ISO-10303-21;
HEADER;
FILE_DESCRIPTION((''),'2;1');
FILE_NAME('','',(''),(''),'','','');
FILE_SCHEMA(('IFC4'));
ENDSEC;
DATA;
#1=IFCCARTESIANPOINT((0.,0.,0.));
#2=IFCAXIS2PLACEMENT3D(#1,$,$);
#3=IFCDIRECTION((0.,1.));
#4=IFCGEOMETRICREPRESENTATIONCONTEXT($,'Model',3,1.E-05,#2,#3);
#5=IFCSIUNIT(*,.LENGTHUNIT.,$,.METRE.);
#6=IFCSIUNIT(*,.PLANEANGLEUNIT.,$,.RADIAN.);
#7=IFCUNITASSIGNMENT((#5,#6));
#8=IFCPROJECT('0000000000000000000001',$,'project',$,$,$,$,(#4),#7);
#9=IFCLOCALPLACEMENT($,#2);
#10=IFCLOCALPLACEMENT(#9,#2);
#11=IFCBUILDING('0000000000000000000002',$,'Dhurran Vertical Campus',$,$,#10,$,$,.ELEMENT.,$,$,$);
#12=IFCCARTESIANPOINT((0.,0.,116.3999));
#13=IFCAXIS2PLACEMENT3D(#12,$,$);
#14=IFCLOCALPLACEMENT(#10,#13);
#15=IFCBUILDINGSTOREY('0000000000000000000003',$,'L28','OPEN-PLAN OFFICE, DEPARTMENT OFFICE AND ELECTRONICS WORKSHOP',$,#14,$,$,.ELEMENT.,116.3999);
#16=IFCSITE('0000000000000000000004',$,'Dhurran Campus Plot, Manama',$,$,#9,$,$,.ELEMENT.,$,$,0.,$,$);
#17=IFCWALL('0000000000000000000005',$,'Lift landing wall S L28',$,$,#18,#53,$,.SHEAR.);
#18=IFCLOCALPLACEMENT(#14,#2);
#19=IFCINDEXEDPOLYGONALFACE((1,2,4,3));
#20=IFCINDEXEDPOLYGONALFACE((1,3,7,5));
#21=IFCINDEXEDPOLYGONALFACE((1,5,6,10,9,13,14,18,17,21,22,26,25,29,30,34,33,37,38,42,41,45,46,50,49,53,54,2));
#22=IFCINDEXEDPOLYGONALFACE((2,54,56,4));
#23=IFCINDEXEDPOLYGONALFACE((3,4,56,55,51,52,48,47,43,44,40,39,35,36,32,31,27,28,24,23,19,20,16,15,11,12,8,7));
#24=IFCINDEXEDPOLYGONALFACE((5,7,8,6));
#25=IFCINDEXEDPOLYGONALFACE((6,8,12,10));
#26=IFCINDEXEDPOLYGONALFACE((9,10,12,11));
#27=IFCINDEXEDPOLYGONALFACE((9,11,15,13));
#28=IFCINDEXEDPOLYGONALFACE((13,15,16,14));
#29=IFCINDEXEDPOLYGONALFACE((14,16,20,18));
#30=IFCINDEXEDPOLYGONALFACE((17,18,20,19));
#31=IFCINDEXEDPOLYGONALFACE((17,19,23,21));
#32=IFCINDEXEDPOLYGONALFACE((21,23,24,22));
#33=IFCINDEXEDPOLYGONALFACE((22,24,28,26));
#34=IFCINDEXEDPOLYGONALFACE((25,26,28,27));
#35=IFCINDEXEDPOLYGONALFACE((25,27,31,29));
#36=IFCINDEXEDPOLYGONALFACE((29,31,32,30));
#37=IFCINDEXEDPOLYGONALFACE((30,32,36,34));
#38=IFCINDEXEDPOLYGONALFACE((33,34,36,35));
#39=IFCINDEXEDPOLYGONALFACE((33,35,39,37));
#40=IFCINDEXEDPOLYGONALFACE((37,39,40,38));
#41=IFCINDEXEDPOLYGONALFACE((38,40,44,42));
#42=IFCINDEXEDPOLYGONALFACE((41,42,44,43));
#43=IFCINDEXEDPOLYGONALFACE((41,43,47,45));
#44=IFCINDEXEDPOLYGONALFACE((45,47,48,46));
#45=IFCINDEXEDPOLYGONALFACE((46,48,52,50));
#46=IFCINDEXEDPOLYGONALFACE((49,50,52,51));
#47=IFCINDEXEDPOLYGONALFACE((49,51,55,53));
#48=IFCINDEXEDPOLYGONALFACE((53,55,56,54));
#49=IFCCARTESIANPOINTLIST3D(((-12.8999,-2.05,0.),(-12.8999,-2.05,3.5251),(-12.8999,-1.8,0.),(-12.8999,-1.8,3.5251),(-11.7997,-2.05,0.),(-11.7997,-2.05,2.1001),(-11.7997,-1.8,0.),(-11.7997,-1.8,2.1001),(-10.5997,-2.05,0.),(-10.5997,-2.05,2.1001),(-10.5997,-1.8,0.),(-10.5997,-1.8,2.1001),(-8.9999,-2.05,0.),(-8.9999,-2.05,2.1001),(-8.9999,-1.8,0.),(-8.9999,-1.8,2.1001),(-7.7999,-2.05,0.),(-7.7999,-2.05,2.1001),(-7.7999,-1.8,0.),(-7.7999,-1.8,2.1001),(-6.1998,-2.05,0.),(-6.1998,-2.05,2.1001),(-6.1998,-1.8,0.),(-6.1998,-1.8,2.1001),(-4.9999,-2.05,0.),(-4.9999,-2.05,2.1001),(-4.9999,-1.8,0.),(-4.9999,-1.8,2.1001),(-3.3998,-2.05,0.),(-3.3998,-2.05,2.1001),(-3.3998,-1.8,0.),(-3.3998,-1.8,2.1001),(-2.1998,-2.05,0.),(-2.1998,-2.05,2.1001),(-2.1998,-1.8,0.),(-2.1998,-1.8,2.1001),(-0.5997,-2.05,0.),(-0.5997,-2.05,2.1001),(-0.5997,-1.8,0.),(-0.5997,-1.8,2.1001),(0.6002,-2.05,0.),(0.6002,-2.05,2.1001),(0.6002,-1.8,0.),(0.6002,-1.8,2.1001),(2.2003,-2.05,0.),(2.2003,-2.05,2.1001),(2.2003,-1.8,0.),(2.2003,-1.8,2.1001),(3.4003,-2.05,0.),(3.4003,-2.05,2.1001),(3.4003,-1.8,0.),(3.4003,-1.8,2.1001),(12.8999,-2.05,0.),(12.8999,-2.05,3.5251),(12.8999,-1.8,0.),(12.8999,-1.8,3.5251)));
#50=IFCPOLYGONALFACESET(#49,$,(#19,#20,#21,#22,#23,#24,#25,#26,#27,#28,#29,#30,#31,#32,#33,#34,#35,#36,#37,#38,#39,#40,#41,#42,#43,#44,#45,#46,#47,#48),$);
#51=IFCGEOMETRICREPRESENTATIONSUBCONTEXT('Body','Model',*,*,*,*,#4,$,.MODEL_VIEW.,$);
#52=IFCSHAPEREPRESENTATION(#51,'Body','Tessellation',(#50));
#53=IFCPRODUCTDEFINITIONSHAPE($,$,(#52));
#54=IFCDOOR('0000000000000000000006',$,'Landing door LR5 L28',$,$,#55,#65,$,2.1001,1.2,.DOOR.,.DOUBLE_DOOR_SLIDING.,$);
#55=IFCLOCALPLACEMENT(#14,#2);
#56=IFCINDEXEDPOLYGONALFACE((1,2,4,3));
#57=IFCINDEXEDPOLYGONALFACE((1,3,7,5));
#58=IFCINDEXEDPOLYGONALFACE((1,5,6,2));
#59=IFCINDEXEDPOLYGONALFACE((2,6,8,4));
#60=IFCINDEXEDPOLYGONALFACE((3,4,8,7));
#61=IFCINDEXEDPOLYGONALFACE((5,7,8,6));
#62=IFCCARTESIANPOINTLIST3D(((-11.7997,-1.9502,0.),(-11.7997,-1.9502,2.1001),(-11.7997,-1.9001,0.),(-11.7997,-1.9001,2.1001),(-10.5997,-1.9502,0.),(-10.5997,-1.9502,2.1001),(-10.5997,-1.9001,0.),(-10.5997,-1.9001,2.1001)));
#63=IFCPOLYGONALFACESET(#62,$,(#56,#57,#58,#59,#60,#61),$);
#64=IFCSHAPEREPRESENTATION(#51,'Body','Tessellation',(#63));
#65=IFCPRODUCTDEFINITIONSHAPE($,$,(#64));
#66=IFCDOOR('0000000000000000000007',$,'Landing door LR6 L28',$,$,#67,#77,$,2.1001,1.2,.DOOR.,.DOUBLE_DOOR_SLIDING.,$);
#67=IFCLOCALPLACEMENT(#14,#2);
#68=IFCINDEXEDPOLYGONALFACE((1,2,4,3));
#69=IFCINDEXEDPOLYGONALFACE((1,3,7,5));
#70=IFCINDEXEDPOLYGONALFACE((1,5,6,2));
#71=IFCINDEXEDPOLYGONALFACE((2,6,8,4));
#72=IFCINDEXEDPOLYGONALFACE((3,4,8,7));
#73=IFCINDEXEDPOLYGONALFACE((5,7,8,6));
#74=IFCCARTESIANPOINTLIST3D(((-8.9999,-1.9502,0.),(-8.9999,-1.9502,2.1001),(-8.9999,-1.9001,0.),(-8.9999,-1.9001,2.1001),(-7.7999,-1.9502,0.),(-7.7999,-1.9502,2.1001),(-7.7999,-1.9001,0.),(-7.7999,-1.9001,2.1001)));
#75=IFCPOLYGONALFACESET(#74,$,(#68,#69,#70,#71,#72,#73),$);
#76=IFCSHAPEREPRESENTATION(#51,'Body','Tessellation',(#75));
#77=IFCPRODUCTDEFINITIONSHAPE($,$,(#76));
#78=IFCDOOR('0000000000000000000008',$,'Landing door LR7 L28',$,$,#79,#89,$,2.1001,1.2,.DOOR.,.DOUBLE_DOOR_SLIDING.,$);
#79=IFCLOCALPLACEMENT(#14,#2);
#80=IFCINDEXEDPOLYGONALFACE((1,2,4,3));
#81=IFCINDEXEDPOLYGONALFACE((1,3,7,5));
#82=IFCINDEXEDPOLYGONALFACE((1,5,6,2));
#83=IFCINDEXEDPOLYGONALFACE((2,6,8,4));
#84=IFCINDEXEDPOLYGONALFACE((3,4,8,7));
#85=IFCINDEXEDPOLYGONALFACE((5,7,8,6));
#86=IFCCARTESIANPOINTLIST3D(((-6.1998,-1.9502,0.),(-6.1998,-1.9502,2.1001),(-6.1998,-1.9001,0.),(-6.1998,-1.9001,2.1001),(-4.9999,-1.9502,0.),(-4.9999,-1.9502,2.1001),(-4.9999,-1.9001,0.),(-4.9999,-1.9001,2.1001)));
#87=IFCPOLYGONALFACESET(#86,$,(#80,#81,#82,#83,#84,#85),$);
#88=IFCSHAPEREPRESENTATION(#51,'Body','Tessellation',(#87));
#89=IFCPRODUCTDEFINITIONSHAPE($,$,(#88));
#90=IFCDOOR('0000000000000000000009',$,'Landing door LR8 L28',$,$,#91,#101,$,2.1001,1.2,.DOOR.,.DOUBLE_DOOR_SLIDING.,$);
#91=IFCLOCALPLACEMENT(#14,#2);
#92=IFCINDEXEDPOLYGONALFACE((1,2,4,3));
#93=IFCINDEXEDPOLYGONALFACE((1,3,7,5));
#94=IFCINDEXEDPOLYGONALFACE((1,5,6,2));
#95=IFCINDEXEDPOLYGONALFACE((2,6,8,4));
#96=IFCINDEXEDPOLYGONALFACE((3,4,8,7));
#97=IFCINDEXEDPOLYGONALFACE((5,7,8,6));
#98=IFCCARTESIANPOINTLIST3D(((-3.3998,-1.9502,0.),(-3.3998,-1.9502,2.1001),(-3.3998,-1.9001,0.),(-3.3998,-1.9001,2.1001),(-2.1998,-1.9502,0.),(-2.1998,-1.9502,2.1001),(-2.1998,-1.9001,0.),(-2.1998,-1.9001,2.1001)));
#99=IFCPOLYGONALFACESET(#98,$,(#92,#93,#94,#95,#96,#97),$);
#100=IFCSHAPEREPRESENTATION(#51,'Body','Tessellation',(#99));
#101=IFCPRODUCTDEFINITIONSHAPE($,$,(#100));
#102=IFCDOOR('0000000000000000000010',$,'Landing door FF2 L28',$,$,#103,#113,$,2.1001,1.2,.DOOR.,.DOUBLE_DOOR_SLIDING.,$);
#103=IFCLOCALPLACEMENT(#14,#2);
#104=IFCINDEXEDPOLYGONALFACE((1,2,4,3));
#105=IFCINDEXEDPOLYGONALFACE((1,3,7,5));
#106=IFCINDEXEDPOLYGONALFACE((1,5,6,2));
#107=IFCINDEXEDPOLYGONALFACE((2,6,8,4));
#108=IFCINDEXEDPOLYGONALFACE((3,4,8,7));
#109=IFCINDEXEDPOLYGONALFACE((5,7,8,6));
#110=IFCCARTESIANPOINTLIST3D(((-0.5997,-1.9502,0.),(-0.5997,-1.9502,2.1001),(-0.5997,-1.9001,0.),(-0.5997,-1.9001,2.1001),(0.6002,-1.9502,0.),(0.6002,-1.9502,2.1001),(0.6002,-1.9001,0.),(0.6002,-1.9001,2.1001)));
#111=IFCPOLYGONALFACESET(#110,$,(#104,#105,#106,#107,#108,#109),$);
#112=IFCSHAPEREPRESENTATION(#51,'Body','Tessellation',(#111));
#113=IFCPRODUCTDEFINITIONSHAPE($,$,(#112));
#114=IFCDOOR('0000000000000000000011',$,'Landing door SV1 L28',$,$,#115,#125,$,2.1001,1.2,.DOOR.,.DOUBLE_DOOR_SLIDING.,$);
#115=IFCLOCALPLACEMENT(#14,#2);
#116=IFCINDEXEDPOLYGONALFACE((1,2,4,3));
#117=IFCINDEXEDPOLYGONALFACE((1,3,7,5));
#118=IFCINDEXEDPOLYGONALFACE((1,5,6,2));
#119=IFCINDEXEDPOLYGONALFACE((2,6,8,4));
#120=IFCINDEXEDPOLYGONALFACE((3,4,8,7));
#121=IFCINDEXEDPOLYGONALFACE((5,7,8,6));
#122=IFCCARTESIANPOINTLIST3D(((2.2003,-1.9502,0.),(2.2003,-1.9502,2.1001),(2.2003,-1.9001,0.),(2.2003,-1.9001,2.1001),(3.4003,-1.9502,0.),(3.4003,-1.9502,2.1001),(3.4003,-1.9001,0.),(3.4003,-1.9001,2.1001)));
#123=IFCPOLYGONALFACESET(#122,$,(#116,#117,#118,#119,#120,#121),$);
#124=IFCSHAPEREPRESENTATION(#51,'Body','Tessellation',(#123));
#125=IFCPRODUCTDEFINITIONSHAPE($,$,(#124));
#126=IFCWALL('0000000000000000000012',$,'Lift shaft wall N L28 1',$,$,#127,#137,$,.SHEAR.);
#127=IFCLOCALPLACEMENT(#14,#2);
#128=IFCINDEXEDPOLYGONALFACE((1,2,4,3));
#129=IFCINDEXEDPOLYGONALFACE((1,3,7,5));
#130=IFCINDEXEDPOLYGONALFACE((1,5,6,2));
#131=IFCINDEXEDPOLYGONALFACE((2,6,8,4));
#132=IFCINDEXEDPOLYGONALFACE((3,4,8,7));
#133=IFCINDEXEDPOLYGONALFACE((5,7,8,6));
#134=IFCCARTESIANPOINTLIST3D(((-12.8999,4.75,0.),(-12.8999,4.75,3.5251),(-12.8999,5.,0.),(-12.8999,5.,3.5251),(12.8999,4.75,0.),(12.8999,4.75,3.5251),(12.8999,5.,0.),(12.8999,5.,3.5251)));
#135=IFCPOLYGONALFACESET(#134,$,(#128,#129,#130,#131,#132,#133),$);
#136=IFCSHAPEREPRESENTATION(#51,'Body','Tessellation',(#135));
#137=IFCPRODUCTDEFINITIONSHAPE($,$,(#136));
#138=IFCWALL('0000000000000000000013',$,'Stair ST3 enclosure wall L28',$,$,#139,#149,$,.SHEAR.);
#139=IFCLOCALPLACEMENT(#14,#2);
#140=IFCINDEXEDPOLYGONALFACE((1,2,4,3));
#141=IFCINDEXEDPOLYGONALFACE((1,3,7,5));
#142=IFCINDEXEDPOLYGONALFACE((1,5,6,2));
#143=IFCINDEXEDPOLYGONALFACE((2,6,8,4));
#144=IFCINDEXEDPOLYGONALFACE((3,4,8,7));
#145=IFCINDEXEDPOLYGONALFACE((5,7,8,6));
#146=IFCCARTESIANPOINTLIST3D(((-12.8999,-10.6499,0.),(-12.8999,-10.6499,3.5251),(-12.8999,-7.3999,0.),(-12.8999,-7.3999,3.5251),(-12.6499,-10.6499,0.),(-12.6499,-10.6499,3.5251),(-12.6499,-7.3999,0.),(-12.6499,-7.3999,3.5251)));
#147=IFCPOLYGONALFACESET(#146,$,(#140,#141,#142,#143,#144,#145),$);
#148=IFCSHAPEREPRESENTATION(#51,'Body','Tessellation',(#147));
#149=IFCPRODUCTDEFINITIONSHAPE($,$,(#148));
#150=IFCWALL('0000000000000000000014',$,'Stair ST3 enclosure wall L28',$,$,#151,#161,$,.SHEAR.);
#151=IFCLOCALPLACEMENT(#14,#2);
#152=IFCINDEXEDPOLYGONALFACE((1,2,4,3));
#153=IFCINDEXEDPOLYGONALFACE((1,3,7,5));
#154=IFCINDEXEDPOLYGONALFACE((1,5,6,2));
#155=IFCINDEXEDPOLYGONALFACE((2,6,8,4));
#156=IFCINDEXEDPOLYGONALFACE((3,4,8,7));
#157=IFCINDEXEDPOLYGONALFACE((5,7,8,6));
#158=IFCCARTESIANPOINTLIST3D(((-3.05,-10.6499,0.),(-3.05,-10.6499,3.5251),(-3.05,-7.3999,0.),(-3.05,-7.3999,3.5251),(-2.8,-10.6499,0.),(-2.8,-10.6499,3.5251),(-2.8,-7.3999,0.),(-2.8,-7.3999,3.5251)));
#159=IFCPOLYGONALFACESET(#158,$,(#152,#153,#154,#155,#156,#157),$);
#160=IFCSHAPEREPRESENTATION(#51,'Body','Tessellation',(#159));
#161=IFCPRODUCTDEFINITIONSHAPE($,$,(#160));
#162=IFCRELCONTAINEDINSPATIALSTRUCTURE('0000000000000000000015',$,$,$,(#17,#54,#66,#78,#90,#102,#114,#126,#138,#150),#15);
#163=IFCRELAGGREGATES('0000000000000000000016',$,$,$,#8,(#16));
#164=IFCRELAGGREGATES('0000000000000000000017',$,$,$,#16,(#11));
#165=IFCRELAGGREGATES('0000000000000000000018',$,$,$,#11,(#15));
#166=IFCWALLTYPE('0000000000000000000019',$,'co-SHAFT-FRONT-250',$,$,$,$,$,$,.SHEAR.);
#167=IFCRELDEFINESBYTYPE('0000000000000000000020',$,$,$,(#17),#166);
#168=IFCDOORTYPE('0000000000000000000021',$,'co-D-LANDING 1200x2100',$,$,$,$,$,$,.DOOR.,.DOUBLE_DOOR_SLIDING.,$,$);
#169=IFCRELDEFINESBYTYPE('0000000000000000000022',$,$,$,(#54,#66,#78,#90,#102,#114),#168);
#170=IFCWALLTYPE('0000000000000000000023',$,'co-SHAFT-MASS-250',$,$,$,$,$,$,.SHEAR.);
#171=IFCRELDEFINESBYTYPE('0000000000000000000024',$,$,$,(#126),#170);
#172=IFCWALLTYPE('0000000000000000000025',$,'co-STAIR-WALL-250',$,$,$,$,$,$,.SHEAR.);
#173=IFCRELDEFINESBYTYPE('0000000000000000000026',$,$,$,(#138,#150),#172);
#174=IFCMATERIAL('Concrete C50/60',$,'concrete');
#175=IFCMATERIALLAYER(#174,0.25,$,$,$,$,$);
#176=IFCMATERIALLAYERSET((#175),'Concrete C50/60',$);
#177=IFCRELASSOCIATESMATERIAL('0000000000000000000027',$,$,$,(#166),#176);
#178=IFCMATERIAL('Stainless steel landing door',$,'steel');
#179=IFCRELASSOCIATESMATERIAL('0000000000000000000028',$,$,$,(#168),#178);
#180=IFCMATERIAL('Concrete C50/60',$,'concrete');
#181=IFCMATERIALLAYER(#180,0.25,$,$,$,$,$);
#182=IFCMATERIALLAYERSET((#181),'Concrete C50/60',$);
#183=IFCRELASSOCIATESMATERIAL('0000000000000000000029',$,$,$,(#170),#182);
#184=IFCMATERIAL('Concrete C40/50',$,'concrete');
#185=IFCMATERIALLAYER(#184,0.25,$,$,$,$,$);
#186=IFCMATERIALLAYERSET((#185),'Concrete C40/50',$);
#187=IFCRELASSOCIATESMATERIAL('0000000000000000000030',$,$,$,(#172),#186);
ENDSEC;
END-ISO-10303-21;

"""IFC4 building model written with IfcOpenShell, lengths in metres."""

from ifc_helpers import new_model, si_unit, direction, frame, frame_2d, origin, place, context, subcontext, project, spatial, polyline, rectangle, outline, extrude, material, layer, layer_set, type_object, element, fill, save


model = new_model("IFC4")

# Units and contexts
model_context = context("Model", 3, precision=1e-05, world=origin(), true_north=direction((0.0, 1.0)))
body_context = subcontext(model_context, "Body", "Model", "MODEL_VIEW")
ifc_project = project(units=[si_unit("LENGTHUNIT", "METRE"), si_unit("PLANEANGLEUNIT", "RADIAN")], contexts=[model_context])

# Site, building, storey
site_placement = place(None, origin())
site = spatial("IfcSite", under=ifc_project, at=site_placement, Name="Dhurran Campus Plot, Manama", CompositionType="ELEMENT", RefElevation=0.0)
building_placement = place(site_placement, origin())
building = spatial("IfcBuilding", under=site, at=building_placement, Name="Dhurran Vertical Campus", CompositionType="ELEMENT")
storey_placement = place(building_placement, frame((0.0, 0.0, 116.3999)))
storey = spatial("IfcBuildingStorey", under=building, at=storey_placement, Name="L28", Description="OPEN-PLAN OFFICE, DEPARTMENT OFFICE AND ELECTRONICS WORKSHOP", CompositionType="ELEMENT", Elevation=116.3999)

# Wall, openings, doors
ifc_material_1 = material(Name="Concrete C50/60", Category="concrete")
ifc_layer_1 = layer(ifc_material_1, 0.25)
ifc_layer_set_1 = layer_set([ifc_layer_1], Name="Concrete C50/60")
wall_type_1 = type_object("IfcWallType", Name="co-SHAFT-FRONT-250", PredefinedType="SHEAR", material=ifc_layer_set_1)
wall_1_placement = place(storey_placement, frame((-12.8999, -1.925, 0.0), z_axis=(0.0, 0.0, 1.0), x_axis=(1.0, 0.0, 0.0)))
wall_1 = element("IfcWall", 1, at=wall_1_placement, inside=storey, type_object=wall_type_1, Name="Lift landing wall S L28", PredefinedType="SHEAR", context=body_context, shape_type="SweptSolid", body=[
    extrude(rectangle(XDim=25.7998, YDim=0.25, at=frame_2d((12.8999, 0.0))), origin(), (0.0, 0.0, 1.0), 3.5251),
])
opening_1_placement = place(wall_1_placement, frame((1.1001, 0.0, 0.0)))
opening_1 = element("IfcOpeningElement", 2, at=opening_1_placement, cuts=wall_1, PredefinedType="OPENING", context=body_context, shape_type="SweptSolid", body=[
    extrude(rectangle(XDim=1.2, YDim=2.1001, at=frame_2d((0.6001, 1.05))), frame((0.0, 0.135, 0.0), z_axis=(0.0, -1.0, 0.0), x_axis=(1.0, 0.0, 0.0)), (0.0, 0.0, 1.0), 0.27),
])
opening_2_placement = place(wall_1_placement, frame((3.8999, 0.0, 0.0)))
opening_2 = element("IfcOpeningElement", 3, at=opening_2_placement, cuts=wall_1, PredefinedType="OPENING", context=body_context, shape_type="SweptSolid", body=[
    extrude(rectangle(XDim=1.2, YDim=2.1001, at=frame_2d((0.6001, 1.05))), frame((0.0, 0.135, 0.0), z_axis=(0.0, -1.0, 0.0), x_axis=(1.0, 0.0, 0.0)), (0.0, 0.0, 1.0), 0.27),
])
opening_3_placement = place(wall_1_placement, frame((6.7, 0.0, 0.0)))
opening_3 = element("IfcOpeningElement", 4, at=opening_3_placement, cuts=wall_1, PredefinedType="OPENING", context=body_context, shape_type="SweptSolid", body=[
    extrude(rectangle(XDim=1.2, YDim=2.1001, at=frame_2d((0.6001, 1.05))), frame((0.0, 0.135, 0.0), z_axis=(0.0, -1.0, 0.0), x_axis=(1.0, 0.0, 0.0)), (0.0, 0.0, 1.0), 0.27),
])
opening_4_placement = place(wall_1_placement, frame((9.5, 0.0, 0.0)))
opening_4 = element("IfcOpeningElement", 5, at=opening_4_placement, cuts=wall_1, PredefinedType="OPENING", context=body_context, shape_type="SweptSolid", body=[
    extrude(rectangle(XDim=1.2, YDim=2.1001, at=frame_2d((0.6001, 1.05))), frame((0.0, 0.135, 0.0), z_axis=(0.0, -1.0, 0.0), x_axis=(1.0, 0.0, 0.0)), (0.0, 0.0, 1.0), 0.27),
])
opening_5_placement = place(wall_1_placement, frame((12.3, 0.0, 0.0)))
opening_5 = element("IfcOpeningElement", 6, at=opening_5_placement, cuts=wall_1, PredefinedType="OPENING", context=body_context, shape_type="SweptSolid", body=[
    extrude(rectangle(XDim=1.2, YDim=2.1001, at=frame_2d((0.6001, 1.05))), frame((0.0, 0.135, 0.0), z_axis=(0.0, -1.0, 0.0), x_axis=(1.0, 0.0, 0.0)), (0.0, 0.0, 1.0), 0.27),
])
opening_6_placement = place(wall_1_placement, frame((15.1001, 0.0, 0.0)))
opening_6 = element("IfcOpeningElement", 7, at=opening_6_placement, cuts=wall_1, PredefinedType="OPENING", context=body_context, shape_type="SweptSolid", body=[
    extrude(rectangle(XDim=1.2, YDim=2.1001, at=frame_2d((0.6001, 1.05))), frame((0.0, 0.135, 0.0), z_axis=(0.0, -1.0, 0.0), x_axis=(1.0, 0.0, 0.0)), (0.0, 0.0, 1.0), 0.27),
])
ifc_material_2 = material(Name="Stainless steel landing door", Category="steel")
door_type_1 = type_object("IfcDoorType", Name="co-D-LANDING 1200x2100", OperationType="DOUBLE_DOOR_SLIDING", PredefinedType="DOOR", material=ifc_material_2)
door_1_placement = place(opening_1_placement, origin())
door_1 = element("IfcDoor", 8, at=door_1_placement, inside=storey, type_object=door_type_1, Name="Landing door LR5 L28", OperationType="DOUBLE_DOOR_SLIDING", OverallHeight=2.1001, OverallWidth=1.2, PredefinedType="DOOR", context=body_context, shape_type="SweptSolid", body=[
    extrude(rectangle(XDim=1.2, YDim=2.1001, at=frame_2d((0.6001, 1.05))), frame((0.0, 0.0249, 0.0), z_axis=(0.0, -1.0, 0.0), x_axis=(1.0, 0.0, 0.0)), (0.0, 0.0, 1.0), 0.05),
])
fill(opening_1, door_1)
door_2_placement = place(opening_2_placement, origin())
door_2 = element("IfcDoor", 9, at=door_2_placement, inside=storey, type_object=door_type_1, Name="Landing door LR6 L28", OperationType="DOUBLE_DOOR_SLIDING", OverallHeight=2.1001, OverallWidth=1.2, PredefinedType="DOOR", context=body_context, shape_type="SweptSolid", body=[
    extrude(rectangle(XDim=1.2, YDim=2.1001, at=frame_2d((0.6001, 1.05))), frame((0.0, 0.0249, 0.0), z_axis=(0.0, -1.0, 0.0), x_axis=(1.0, 0.0, 0.0)), (0.0, 0.0, 1.0), 0.05),
])
fill(opening_2, door_2)
door_3_placement = place(opening_3_placement, origin())
door_3 = element("IfcDoor", 10, at=door_3_placement, inside=storey, type_object=door_type_1, Name="Landing door LR7 L28", OperationType="DOUBLE_DOOR_SLIDING", OverallHeight=2.1001, OverallWidth=1.2, PredefinedType="DOOR", context=body_context, shape_type="SweptSolid", body=[
    extrude(rectangle(XDim=1.2, YDim=2.1001, at=frame_2d((0.6001, 1.05))), frame((0.0, 0.0249, 0.0), z_axis=(0.0, -1.0, 0.0), x_axis=(1.0, 0.0, 0.0)), (0.0, 0.0, 1.0), 0.05),
])
fill(opening_3, door_3)
door_4_placement = place(opening_4_placement, origin())
door_4 = element("IfcDoor", 11, at=door_4_placement, inside=storey, type_object=door_type_1, Name="Landing door LR8 L28", OperationType="DOUBLE_DOOR_SLIDING", OverallHeight=2.1001, OverallWidth=1.2, PredefinedType="DOOR", context=body_context, shape_type="SweptSolid", body=[
    extrude(rectangle(XDim=1.2, YDim=2.1001, at=frame_2d((0.6001, 1.05))), frame((0.0, 0.0249, 0.0), z_axis=(0.0, -1.0, 0.0), x_axis=(1.0, 0.0, 0.0)), (0.0, 0.0, 1.0), 0.05),
])
fill(opening_4, door_4)
door_5_placement = place(opening_5_placement, origin())
door_5 = element("IfcDoor", 12, at=door_5_placement, inside=storey, type_object=door_type_1, Name="Landing door FF2 L28", OperationType="DOUBLE_DOOR_SLIDING", OverallHeight=2.1001, OverallWidth=1.2, PredefinedType="DOOR", context=body_context, shape_type="SweptSolid", body=[
    extrude(rectangle(XDim=1.2, YDim=2.1001, at=frame_2d((0.6001, 1.05))), frame((0.0, 0.0249, 0.0), z_axis=(0.0, -1.0, 0.0), x_axis=(1.0, 0.0, 0.0)), (0.0, 0.0, 1.0), 0.05),
])
fill(opening_5, door_5)
door_6_placement = place(opening_6_placement, origin())
door_6 = element("IfcDoor", 13, at=door_6_placement, inside=storey, type_object=door_type_1, Name="Landing door SV1 L28", OperationType="DOUBLE_DOOR_SLIDING", OverallHeight=2.1001, OverallWidth=1.2, PredefinedType="DOOR", context=body_context, shape_type="SweptSolid", body=[
    extrude(rectangle(XDim=1.2, YDim=2.1001, at=frame_2d((0.6001, 1.05))), frame((0.0, 0.0249, 0.0), z_axis=(0.0, -1.0, 0.0), x_axis=(1.0, 0.0, 0.0)), (0.0, 0.0, 1.0), 0.05),
])
fill(opening_6, door_6)

# Walls
ifc_material_3 = material(Name="Concrete C50/60", Category="concrete")
ifc_layer_2 = layer(ifc_material_3, 0.25)
ifc_layer_set_2 = layer_set([ifc_layer_2], Name="Concrete C50/60")
wall_type_2 = type_object("IfcWallType", Name="co-SHAFT-MASS-250", PredefinedType="SHEAR", material=ifc_layer_set_2)
wall_2_placement = place(storey_placement, origin())
element("IfcWall", 14, at=wall_2_placement, inside=storey, type_object=wall_type_2, Name="Lift shaft wall N L28 1", PredefinedType="SHEAR", context=body_context, shape_type="SweptSolid", body=[
    extrude(outline(polyline([(-12.8999, 4.75), (12.8999, 4.75), (12.8999, 5.0), (-12.8999, 5.0), (-12.8999, 4.75)])), origin(), (0.0, 0.0, 1.0), 3.5251),
])
ifc_material_4 = material(Name="Concrete C40/50", Category="concrete")
ifc_layer_3 = layer(ifc_material_4, 0.25)
ifc_layer_set_3 = layer_set([ifc_layer_3], Name="Concrete C40/50")
wall_type_3 = type_object("IfcWallType", Name="co-STAIR-WALL-250", PredefinedType="SHEAR", material=ifc_layer_set_3)
for number, where, z_axis, x_axis, name in (
    (15, (-12.7749, -10.6499, 0.0), (0.0, 0.0, 1.0), (0.0, 1.0, 0.0), "Stair ST3 enclosure wall L28"),
    (16, (-2.925, -10.6499, 0.0), (0.0, 0.0, 1.0), (0.0, 1.0, 0.0), "Stair ST3 enclosure wall L28"),
):
    element("IfcWall", number, at=place(storey_placement, frame(where, z_axis=z_axis, x_axis=x_axis)), inside=storey, type_object=wall_type_3, Name=name, PredefinedType="SHEAR", context=body_context, shape_type="SweptSolid", body=[
        extrude(rectangle(XDim=3.25, YDim=0.25, at=frame_2d((1.625, 0.0))), origin(), (0.0, 0.0, 1.0), 3.5251),
    ])

save(model, "model.ifc")
